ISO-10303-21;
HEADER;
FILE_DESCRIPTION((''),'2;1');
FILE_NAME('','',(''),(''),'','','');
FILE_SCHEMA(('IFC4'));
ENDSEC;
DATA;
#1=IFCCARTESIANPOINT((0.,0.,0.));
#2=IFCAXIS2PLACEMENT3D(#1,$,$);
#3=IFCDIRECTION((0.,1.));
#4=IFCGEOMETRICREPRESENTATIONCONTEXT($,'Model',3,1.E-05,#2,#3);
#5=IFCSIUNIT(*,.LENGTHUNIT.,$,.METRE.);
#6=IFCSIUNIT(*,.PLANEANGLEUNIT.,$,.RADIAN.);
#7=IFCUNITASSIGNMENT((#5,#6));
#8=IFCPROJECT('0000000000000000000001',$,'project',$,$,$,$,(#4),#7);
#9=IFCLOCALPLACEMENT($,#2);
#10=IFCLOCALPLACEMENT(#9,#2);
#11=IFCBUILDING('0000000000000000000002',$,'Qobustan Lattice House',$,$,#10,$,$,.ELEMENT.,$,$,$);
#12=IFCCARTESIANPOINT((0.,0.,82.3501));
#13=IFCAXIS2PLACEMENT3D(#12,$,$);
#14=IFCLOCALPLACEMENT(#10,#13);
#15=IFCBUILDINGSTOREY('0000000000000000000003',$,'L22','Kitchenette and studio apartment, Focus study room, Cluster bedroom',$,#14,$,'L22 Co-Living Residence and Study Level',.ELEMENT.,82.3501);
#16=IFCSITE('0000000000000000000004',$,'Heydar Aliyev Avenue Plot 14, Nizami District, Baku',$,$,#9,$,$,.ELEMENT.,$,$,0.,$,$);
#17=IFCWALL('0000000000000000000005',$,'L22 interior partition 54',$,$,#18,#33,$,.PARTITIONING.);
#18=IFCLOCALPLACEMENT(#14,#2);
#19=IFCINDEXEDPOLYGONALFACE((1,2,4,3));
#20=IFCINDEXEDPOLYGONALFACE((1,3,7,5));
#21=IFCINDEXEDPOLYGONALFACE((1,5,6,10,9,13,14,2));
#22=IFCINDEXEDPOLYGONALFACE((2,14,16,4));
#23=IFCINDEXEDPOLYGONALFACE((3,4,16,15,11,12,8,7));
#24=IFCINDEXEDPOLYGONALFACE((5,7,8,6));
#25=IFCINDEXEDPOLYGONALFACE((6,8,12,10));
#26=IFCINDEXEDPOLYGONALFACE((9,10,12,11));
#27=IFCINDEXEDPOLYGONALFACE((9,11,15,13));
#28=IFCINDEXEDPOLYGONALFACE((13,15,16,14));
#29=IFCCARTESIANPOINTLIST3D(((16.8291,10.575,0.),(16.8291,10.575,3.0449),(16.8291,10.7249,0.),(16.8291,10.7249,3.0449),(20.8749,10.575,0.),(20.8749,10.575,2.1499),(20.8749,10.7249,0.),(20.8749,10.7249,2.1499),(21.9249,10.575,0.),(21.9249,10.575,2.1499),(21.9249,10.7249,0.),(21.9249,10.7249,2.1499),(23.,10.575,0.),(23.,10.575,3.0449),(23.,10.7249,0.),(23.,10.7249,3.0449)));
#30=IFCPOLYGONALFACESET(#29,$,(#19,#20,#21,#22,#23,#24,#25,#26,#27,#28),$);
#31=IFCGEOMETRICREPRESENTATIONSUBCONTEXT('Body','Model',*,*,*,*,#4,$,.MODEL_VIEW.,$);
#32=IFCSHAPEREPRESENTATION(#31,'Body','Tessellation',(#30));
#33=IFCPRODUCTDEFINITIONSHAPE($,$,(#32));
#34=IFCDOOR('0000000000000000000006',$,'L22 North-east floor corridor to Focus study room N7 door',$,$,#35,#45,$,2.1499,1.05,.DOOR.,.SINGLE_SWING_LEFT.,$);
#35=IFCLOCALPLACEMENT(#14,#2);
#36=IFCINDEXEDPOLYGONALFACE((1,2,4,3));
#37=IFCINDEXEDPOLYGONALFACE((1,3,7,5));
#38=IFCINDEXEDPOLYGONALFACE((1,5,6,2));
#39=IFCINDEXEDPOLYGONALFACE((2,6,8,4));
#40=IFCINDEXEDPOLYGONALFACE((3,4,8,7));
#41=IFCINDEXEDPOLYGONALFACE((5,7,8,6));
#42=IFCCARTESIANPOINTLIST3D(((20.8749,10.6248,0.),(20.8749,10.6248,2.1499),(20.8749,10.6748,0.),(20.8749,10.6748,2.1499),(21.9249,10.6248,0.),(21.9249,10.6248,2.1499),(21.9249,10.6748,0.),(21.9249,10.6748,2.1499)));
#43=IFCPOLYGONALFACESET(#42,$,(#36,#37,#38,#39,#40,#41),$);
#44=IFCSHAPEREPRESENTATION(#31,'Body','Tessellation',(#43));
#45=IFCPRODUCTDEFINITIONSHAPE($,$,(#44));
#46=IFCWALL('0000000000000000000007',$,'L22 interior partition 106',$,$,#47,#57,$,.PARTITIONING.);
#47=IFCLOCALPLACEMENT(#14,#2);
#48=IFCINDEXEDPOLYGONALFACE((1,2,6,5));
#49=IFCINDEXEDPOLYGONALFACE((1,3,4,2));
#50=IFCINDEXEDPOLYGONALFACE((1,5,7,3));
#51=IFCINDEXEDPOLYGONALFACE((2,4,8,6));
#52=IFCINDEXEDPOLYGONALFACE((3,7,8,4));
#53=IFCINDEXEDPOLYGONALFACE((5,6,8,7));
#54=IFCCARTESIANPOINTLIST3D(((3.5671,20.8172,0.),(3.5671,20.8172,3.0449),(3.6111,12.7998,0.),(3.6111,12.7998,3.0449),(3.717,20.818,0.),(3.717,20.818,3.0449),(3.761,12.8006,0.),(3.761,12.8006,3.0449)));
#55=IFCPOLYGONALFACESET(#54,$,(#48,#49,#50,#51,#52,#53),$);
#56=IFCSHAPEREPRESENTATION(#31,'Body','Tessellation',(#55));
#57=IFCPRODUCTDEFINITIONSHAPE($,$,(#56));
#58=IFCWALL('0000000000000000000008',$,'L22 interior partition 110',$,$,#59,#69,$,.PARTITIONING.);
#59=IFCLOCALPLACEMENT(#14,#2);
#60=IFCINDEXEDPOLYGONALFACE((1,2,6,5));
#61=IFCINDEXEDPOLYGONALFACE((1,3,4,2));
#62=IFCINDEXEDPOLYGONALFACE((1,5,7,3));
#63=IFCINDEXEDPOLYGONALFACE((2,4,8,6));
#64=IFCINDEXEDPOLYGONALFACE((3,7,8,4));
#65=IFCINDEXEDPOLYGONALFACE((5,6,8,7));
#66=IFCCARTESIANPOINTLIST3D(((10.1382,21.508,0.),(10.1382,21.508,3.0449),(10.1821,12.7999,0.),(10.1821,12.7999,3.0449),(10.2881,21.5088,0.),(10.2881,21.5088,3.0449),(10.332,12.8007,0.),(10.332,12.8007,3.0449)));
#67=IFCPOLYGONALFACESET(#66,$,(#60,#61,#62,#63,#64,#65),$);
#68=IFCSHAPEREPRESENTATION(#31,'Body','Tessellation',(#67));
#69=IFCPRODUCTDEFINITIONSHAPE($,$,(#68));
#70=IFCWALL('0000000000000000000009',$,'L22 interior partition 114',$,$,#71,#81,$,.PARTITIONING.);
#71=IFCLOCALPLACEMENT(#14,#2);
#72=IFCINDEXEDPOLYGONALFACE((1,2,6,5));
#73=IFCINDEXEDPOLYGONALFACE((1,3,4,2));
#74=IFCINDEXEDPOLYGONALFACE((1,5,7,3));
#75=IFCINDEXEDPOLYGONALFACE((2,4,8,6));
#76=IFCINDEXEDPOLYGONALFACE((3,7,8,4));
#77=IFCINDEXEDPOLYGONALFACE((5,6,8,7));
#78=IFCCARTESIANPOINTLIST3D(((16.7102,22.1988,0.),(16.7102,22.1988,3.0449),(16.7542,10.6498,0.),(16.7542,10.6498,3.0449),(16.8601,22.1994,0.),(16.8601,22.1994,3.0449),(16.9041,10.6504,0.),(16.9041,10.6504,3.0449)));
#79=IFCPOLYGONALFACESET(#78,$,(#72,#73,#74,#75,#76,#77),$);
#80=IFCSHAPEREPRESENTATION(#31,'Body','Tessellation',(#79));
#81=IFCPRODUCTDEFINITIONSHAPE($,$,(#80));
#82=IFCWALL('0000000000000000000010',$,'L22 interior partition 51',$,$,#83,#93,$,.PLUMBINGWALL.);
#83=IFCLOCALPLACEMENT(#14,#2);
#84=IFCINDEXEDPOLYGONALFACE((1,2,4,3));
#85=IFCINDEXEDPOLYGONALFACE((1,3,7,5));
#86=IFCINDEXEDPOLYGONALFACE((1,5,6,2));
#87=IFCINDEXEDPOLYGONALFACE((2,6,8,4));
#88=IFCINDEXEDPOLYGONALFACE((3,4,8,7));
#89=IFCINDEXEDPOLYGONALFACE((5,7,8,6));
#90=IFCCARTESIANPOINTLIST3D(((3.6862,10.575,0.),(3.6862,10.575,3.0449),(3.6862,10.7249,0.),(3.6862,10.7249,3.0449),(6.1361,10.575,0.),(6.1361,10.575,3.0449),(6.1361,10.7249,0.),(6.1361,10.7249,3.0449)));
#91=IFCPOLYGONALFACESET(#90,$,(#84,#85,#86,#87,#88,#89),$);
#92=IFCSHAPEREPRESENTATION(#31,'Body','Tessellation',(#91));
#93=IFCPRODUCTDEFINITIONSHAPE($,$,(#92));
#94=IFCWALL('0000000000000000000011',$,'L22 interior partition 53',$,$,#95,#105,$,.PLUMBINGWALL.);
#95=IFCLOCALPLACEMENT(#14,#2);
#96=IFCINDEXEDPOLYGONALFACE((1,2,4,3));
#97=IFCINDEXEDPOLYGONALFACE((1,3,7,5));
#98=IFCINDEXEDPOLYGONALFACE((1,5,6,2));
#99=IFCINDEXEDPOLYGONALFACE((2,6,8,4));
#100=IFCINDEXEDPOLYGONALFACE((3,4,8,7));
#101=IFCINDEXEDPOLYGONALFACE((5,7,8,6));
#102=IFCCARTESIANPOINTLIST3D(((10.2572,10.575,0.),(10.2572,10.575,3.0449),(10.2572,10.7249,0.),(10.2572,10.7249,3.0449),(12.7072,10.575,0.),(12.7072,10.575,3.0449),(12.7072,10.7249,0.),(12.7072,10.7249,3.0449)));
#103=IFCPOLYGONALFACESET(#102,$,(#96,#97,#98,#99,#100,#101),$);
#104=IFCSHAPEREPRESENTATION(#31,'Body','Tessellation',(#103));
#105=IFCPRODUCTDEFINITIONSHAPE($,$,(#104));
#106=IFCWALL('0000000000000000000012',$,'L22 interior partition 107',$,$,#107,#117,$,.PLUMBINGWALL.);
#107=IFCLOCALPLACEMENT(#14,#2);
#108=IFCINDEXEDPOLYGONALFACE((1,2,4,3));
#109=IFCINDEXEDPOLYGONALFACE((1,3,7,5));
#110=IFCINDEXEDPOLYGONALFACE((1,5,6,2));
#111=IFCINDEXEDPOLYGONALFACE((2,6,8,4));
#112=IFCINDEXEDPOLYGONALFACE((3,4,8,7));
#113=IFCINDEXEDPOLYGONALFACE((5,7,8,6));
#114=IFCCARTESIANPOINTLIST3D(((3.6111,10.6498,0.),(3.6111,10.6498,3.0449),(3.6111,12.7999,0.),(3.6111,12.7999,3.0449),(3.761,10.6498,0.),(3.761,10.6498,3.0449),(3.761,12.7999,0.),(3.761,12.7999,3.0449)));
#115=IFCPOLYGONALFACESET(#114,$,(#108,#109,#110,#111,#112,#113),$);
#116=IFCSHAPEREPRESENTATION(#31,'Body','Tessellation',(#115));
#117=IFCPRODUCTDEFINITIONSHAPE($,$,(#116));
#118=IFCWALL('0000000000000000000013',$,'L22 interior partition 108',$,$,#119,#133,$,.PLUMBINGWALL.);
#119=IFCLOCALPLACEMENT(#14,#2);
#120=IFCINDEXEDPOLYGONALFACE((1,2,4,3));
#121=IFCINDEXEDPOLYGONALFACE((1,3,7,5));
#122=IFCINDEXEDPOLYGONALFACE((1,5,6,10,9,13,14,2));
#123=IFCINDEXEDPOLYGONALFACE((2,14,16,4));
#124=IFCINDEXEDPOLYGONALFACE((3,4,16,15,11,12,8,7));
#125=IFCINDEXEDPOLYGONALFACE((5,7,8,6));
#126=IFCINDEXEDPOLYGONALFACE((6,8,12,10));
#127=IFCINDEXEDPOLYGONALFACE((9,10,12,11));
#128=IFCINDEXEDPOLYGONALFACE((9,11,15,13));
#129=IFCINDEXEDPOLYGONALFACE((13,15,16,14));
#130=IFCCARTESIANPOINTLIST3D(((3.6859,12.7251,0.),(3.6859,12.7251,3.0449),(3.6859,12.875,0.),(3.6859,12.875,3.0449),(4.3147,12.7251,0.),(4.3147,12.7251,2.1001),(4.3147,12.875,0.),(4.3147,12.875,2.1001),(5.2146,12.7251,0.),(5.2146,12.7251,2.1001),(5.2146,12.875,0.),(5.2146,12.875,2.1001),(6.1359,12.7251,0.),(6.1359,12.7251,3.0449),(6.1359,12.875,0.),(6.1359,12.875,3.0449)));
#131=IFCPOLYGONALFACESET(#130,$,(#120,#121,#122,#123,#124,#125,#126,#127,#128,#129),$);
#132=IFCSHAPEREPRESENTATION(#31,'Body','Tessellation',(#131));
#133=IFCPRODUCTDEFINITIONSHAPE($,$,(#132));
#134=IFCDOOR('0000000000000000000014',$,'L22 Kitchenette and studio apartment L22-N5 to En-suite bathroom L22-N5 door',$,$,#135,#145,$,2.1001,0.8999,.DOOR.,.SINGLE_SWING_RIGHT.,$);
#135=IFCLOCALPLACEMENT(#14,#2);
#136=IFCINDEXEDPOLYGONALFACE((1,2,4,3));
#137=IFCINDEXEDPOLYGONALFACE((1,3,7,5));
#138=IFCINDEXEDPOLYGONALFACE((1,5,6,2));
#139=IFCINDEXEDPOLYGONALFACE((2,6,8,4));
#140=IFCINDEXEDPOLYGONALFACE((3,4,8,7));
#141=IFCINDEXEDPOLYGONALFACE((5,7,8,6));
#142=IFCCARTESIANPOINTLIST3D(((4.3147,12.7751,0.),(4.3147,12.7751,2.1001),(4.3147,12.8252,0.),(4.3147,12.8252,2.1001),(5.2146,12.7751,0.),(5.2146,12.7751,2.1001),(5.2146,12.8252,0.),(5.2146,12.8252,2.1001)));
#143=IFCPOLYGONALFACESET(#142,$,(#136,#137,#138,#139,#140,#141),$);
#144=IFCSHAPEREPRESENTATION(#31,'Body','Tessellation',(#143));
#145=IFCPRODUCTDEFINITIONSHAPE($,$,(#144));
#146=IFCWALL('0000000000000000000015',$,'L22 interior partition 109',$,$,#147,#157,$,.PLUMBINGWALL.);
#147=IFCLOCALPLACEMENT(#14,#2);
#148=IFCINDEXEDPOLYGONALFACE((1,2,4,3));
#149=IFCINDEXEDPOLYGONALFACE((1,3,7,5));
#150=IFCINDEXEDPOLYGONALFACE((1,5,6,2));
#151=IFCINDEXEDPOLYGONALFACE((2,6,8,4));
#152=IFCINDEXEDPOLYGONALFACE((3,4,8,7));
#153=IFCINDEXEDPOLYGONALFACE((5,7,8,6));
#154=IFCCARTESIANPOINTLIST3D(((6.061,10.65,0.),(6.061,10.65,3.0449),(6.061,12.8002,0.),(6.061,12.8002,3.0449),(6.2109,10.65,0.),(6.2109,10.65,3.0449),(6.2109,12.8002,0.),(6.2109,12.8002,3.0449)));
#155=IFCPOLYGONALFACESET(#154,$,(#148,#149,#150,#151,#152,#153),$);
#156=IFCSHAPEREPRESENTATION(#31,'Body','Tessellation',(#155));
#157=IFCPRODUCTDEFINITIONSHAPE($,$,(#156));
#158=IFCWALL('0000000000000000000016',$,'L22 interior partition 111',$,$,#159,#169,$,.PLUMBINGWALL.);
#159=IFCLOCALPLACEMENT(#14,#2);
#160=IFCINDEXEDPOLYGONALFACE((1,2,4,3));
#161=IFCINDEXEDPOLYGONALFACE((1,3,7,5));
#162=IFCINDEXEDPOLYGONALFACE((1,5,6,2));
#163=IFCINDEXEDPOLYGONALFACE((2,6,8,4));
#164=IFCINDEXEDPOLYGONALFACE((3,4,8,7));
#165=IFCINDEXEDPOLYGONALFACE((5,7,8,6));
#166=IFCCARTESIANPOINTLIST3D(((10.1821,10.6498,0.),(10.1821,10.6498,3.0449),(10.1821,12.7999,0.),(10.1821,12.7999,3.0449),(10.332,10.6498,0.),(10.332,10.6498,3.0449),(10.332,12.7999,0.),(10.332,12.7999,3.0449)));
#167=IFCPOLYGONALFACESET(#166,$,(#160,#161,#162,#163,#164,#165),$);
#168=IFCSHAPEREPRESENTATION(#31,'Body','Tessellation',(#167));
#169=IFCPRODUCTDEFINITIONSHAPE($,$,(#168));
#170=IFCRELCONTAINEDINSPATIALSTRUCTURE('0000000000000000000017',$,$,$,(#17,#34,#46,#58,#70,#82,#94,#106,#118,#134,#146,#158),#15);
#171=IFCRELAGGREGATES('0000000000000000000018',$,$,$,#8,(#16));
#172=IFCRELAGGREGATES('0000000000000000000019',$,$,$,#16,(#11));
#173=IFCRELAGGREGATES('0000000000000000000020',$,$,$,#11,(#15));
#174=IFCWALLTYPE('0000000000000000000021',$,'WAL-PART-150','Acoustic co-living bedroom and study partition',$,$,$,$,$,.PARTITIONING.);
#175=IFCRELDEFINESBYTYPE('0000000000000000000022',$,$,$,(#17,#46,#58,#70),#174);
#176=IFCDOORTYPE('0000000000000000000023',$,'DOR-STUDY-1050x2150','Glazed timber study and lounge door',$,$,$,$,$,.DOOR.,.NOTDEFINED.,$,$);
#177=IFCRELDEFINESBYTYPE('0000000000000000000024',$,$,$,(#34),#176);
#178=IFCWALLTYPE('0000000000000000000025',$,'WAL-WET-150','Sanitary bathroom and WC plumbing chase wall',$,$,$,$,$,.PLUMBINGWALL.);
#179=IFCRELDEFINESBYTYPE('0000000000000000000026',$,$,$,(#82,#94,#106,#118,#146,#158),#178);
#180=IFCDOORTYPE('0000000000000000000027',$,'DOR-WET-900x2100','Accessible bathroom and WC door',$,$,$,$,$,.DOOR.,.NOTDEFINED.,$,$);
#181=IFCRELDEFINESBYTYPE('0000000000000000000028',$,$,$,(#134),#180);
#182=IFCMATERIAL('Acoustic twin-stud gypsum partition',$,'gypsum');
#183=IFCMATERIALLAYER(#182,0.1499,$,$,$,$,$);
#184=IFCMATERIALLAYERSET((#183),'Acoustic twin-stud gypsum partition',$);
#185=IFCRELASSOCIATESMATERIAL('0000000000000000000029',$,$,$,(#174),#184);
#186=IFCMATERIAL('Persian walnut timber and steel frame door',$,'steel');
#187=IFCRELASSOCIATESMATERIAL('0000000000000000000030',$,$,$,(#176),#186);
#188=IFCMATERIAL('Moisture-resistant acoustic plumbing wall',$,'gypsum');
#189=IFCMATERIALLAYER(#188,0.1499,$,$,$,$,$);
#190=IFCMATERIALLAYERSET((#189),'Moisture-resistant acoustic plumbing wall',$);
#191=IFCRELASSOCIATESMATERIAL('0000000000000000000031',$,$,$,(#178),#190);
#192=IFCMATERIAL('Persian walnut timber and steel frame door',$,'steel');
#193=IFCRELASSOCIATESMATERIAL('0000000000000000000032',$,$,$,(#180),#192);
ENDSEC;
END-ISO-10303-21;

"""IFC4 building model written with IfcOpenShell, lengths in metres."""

from ifc_helpers import new_model, si_unit, direction, frame, frame_2d, origin, place, context, subcontext, project, spatial, rectangle, extrude, material, layer, layer_set, type_object, element, fill, save


model = new_model("IFC4")

# Units and contexts
model_context = context("Model", 3, precision=1e-05, world=origin(), true_north=direction((0.0, 1.0)))
body_context = subcontext(model_context, "Body", "Model", "MODEL_VIEW")
ifc_project = project(units=[si_unit("LENGTHUNIT", "METRE"), si_unit("PLANEANGLEUNIT", "RADIAN")], contexts=[model_context])

# Site, building, storey
site_placement = place(None, origin())
site = spatial("IfcSite", under=ifc_project, at=site_placement, Name="Heydar Aliyev Avenue Plot 14, Nizami District, Baku", CompositionType="ELEMENT", RefElevation=0.0)
building_placement = place(site_placement, origin())
building = spatial("IfcBuilding", under=site, at=building_placement, Name="Qobustan Lattice House", CompositionType="ELEMENT")
storey_placement = place(building_placement, frame((0.0, 0.0, 82.3501)))
storey = spatial("IfcBuildingStorey", under=building, at=storey_placement, Name="L22", Description="Kitchenette and studio apartment, Focus study room, Cluster bedroom", LongName="L22 Co-Living Residence and Study Level", CompositionType="ELEMENT", Elevation=82.3501)

# Wall, opening, door
ifc_material_1 = material(Name="Acoustic twin-stud gypsum partition", Category="gypsum")
ifc_layer_1 = layer(ifc_material_1, 0.1499)
ifc_layer_set_1 = layer_set([ifc_layer_1], Name="Acoustic twin-stud gypsum partition")
wall_type_1 = type_object("IfcWallType", Name="WAL-PART-150", Description="Acoustic co-living bedroom and study partition", PredefinedType="PARTITIONING", material=ifc_layer_set_1)
wall_1_placement = place(storey_placement, frame((16.8291, 10.6499, 0.0), z_axis=(0.0, 0.0, 1.0), x_axis=(1.0, 0.0, 0.0)))
wall_1 = element("IfcWall", 1, at=wall_1_placement, inside=storey, type_object=wall_type_1, Name="L22 interior partition 54", PredefinedType="PARTITIONING", context=body_context, shape_type="SweptSolid", body=[
    extrude(rectangle(XDim=6.1709, YDim=0.1499, at=frame_2d((3.0854, 0.0))), origin(), (0.0, 0.0, 1.0), 3.0449),
])
opening_1_placement = place(wall_1_placement, frame((4.0459, 0.0, 0.0)))
opening_1 = element("IfcOpeningElement", 2, at=opening_1_placement, cuts=wall_1, PredefinedType="OPENING", context=body_context, shape_type="SweptSolid", body=[
    extrude(rectangle(XDim=1.05, YDim=2.1499, at=frame_2d((0.5249, 1.075))), frame((0.0, 0.085, 0.0), z_axis=(0.0, -1.0, 0.0), x_axis=(1.0, 0.0, 0.0)), (0.0, 0.0, 1.0), 0.1699),
])
ifc_material_2 = material(Name="Persian walnut timber and steel frame door", Category="steel")
door_type_1 = type_object("IfcDoorType", Name="DOR-STUDY-1050x2150", Description="Glazed timber study and lounge door", OperationType="NOTDEFINED", PredefinedType="DOOR", material=ifc_material_2)
door_1_placement = place(opening_1_placement, origin())
door_1 = element("IfcDoor", 3, at=door_1_placement, inside=storey, type_object=door_type_1, Name="L22 North-east floor corridor to Focus study room N7 door", OperationType="SINGLE_SWING_LEFT", OverallHeight=2.1499, OverallWidth=1.05, PredefinedType="DOOR", context=body_context, shape_type="SweptSolid", body=[
    extrude(rectangle(XDim=1.05, YDim=2.1499, at=frame_2d((0.5249, 1.075))), frame((0.0, 0.0249, 0.0), z_axis=(0.0, -1.0, 0.0), x_axis=(1.0, 0.0, 0.0)), (0.0, 0.0, 1.0), 0.05),
])
fill(opening_1, door_1)

# Walls
wall_2_placement = place(storey_placement, frame((3.6421, 20.8176, 0.0), z_axis=(0.0, 0.0, 1.0), x_axis=(0.005481, -0.999985, 0.0)))
element("IfcWall", 4, at=wall_2_placement, inside=storey, type_object=wall_type_1, Name="L22 interior partition 106", PredefinedType="PARTITIONING", context=body_context, shape_type="SweptSolid", body=[
    extrude(rectangle(XDim=8.0176, YDim=0.1499, at=frame_2d((4.0088, 0.0))), origin(), (0.0, 0.0, 1.0), 3.0449),
])
wall_3_placement = place(storey_placement, frame((10.2131, 21.5083, 0.0), z_axis=(0.0, 0.0, 1.0), x_axis=(0.005046, -0.999987, 0.0)))
element("IfcWall", 5, at=wall_3_placement, inside=storey, type_object=wall_type_1, Name="L22 interior partition 110", PredefinedType="PARTITIONING", context=body_context, shape_type="SweptSolid", body=[
    extrude(rectangle(XDim=8.7083, YDim=0.1499, at=frame_2d((4.354, 0.0))), origin(), (0.0, 0.0, 1.0), 3.0449),
])
wall_4_placement = place(storey_placement, frame((16.7852, 22.199, 0.0), z_axis=(0.0, 0.0, 1.0), x_axis=(0.003805, -0.999993, 0.0)))
element("IfcWall", 6, at=wall_4_placement, inside=storey, type_object=wall_type_1, Name="L22 interior partition 114", PredefinedType="PARTITIONING", context=body_context, shape_type="SweptSolid", body=[
    extrude(rectangle(XDim=11.5491, YDim=0.1499, at=frame_2d((5.7744, 0.0))), origin(), (0.0, 0.0, 1.0), 3.0449),
])
ifc_material_3 = material(Name="Moisture-resistant acoustic plumbing wall", Category="gypsum")
ifc_layer_2 = layer(ifc_material_3, 0.1499)
ifc_layer_set_2 = layer_set([ifc_layer_2], Name="Moisture-resistant acoustic plumbing wall")
wall_type_2 = type_object("IfcWallType", Name="WAL-WET-150", Description="Sanitary bathroom and WC plumbing chase wall", PredefinedType="PLUMBINGWALL", material=ifc_layer_set_2)
for number, where, z_axis, x_axis, name in (
    (7, (3.686, 10.6499, 0.0), (0.0, 0.0, 1.0), (1.0, 0.0, 0.0), "L22 interior partition 51"),
    (8, (10.2571, 10.6499, 0.0), (0.0, 0.0, 1.0), (1.0, 0.0, 0.0), "L22 interior partition 53"),
):
    element("IfcWall", number, at=place(storey_placement, frame(where, z_axis=z_axis, x_axis=x_axis)), inside=storey, type_object=wall_type_2, Name=name, PredefinedType="PLUMBINGWALL", context=body_context, shape_type="SweptSolid", body=[
        extrude(rectangle(XDim=2.45, YDim=0.1499, at=frame_2d((1.2251, 0.0))), origin(), (0.0, 0.0, 1.0), 3.0449),
    ])
wall_5_placement = place(storey_placement, frame((3.686, 12.8, 0.0), z_axis=(0.0, 0.0, 1.0), x_axis=(0.0, -1.0, 0.0)))
element("IfcWall", 9, at=wall_5_placement, inside=storey, type_object=wall_type_2, Name="L22 interior partition 107", PredefinedType="PLUMBINGWALL", context=body_context, shape_type="SweptSolid", body=[
    extrude(rectangle(XDim=2.1501, YDim=0.1499, at=frame_2d((1.0752, 0.0))), origin(), (0.0, 0.0, 1.0), 3.0449),
])

# Wall, opening, door
wall_6_placement = place(storey_placement, frame((6.136, 12.8, 0.0), z_axis=(0.0, 0.0, 1.0), x_axis=(-1.0, 0.0, 0.0)))
wall_6 = element("IfcWall", 10, at=wall_6_placement, inside=storey, type_object=wall_type_2, Name="L22 interior partition 108", PredefinedType="PLUMBINGWALL", context=body_context, shape_type="SweptSolid", body=[
    extrude(rectangle(XDim=2.45, YDim=0.1499, at=frame_2d((1.2251, 0.0))), origin(), (0.0, 0.0, 1.0), 3.0449),
])
opening_2_placement = place(wall_6_placement, frame((0.9214, 0.0, 0.0)))
opening_2 = element("IfcOpeningElement", 11, at=opening_2_placement, cuts=wall_6, PredefinedType="OPENING", context=body_context, shape_type="SweptSolid", body=[
    extrude(rectangle(XDim=0.8999, YDim=2.1001, at=frame_2d((0.45, 1.05))), frame((0.0, 0.085, 0.0), z_axis=(0.0, -1.0, 0.0), x_axis=(1.0, 0.0, 0.0)), (0.0, 0.0, 1.0), 0.1699),
])
ifc_material_4 = material(Name="Persian walnut timber and steel frame door", Category="steel")
door_type_2 = type_object("IfcDoorType", Name="DOR-WET-900x2100", Description="Accessible bathroom and WC door", OperationType="NOTDEFINED", PredefinedType="DOOR", material=ifc_material_4)
door_2_placement = place(opening_2_placement, origin())
door_2 = element("IfcDoor", 12, at=door_2_placement, inside=storey, type_object=door_type_2, Name="L22 Kitchenette and studio apartment L22-N5 to En-suite bathroom L22-N5 door", OperationType="SINGLE_SWING_RIGHT", OverallHeight=2.1001, OverallWidth=0.8999, PredefinedType="DOOR", context=body_context, shape_type="SweptSolid", body=[
    extrude(rectangle(XDim=0.8999, YDim=2.1001, at=frame_2d((0.45, 1.05))), frame((0.0, 0.0249, 0.0), z_axis=(0.0, -1.0, 0.0), x_axis=(1.0, 0.0, 0.0)), (0.0, 0.0, 1.0), 0.05),
])
fill(opening_2, door_2)

# Walls
for number, where, z_axis, x_axis, name in (
    (13, (6.136, 10.6499, 0.0), (0.0, 0.0, 1.0), (0.0, 1.0, 0.0), "L22 interior partition 109"),
    (14, (10.2571, 12.8, 0.0), (0.0, 0.0, 1.0), (0.0, -1.0, 0.0), "L22 interior partition 111"),
):
    element("IfcWall", number, at=place(storey_placement, frame(where, z_axis=z_axis, x_axis=x_axis)), inside=storey, type_object=wall_type_2, Name=name, PredefinedType="PLUMBINGWALL", context=body_context, shape_type="SweptSolid", body=[
        extrude(rectangle(XDim=2.1501, YDim=0.1499, at=frame_2d((1.0752, 0.0))), origin(), (0.0, 0.0, 1.0), 3.0449),
    ])

save(model, "model.ifc")
